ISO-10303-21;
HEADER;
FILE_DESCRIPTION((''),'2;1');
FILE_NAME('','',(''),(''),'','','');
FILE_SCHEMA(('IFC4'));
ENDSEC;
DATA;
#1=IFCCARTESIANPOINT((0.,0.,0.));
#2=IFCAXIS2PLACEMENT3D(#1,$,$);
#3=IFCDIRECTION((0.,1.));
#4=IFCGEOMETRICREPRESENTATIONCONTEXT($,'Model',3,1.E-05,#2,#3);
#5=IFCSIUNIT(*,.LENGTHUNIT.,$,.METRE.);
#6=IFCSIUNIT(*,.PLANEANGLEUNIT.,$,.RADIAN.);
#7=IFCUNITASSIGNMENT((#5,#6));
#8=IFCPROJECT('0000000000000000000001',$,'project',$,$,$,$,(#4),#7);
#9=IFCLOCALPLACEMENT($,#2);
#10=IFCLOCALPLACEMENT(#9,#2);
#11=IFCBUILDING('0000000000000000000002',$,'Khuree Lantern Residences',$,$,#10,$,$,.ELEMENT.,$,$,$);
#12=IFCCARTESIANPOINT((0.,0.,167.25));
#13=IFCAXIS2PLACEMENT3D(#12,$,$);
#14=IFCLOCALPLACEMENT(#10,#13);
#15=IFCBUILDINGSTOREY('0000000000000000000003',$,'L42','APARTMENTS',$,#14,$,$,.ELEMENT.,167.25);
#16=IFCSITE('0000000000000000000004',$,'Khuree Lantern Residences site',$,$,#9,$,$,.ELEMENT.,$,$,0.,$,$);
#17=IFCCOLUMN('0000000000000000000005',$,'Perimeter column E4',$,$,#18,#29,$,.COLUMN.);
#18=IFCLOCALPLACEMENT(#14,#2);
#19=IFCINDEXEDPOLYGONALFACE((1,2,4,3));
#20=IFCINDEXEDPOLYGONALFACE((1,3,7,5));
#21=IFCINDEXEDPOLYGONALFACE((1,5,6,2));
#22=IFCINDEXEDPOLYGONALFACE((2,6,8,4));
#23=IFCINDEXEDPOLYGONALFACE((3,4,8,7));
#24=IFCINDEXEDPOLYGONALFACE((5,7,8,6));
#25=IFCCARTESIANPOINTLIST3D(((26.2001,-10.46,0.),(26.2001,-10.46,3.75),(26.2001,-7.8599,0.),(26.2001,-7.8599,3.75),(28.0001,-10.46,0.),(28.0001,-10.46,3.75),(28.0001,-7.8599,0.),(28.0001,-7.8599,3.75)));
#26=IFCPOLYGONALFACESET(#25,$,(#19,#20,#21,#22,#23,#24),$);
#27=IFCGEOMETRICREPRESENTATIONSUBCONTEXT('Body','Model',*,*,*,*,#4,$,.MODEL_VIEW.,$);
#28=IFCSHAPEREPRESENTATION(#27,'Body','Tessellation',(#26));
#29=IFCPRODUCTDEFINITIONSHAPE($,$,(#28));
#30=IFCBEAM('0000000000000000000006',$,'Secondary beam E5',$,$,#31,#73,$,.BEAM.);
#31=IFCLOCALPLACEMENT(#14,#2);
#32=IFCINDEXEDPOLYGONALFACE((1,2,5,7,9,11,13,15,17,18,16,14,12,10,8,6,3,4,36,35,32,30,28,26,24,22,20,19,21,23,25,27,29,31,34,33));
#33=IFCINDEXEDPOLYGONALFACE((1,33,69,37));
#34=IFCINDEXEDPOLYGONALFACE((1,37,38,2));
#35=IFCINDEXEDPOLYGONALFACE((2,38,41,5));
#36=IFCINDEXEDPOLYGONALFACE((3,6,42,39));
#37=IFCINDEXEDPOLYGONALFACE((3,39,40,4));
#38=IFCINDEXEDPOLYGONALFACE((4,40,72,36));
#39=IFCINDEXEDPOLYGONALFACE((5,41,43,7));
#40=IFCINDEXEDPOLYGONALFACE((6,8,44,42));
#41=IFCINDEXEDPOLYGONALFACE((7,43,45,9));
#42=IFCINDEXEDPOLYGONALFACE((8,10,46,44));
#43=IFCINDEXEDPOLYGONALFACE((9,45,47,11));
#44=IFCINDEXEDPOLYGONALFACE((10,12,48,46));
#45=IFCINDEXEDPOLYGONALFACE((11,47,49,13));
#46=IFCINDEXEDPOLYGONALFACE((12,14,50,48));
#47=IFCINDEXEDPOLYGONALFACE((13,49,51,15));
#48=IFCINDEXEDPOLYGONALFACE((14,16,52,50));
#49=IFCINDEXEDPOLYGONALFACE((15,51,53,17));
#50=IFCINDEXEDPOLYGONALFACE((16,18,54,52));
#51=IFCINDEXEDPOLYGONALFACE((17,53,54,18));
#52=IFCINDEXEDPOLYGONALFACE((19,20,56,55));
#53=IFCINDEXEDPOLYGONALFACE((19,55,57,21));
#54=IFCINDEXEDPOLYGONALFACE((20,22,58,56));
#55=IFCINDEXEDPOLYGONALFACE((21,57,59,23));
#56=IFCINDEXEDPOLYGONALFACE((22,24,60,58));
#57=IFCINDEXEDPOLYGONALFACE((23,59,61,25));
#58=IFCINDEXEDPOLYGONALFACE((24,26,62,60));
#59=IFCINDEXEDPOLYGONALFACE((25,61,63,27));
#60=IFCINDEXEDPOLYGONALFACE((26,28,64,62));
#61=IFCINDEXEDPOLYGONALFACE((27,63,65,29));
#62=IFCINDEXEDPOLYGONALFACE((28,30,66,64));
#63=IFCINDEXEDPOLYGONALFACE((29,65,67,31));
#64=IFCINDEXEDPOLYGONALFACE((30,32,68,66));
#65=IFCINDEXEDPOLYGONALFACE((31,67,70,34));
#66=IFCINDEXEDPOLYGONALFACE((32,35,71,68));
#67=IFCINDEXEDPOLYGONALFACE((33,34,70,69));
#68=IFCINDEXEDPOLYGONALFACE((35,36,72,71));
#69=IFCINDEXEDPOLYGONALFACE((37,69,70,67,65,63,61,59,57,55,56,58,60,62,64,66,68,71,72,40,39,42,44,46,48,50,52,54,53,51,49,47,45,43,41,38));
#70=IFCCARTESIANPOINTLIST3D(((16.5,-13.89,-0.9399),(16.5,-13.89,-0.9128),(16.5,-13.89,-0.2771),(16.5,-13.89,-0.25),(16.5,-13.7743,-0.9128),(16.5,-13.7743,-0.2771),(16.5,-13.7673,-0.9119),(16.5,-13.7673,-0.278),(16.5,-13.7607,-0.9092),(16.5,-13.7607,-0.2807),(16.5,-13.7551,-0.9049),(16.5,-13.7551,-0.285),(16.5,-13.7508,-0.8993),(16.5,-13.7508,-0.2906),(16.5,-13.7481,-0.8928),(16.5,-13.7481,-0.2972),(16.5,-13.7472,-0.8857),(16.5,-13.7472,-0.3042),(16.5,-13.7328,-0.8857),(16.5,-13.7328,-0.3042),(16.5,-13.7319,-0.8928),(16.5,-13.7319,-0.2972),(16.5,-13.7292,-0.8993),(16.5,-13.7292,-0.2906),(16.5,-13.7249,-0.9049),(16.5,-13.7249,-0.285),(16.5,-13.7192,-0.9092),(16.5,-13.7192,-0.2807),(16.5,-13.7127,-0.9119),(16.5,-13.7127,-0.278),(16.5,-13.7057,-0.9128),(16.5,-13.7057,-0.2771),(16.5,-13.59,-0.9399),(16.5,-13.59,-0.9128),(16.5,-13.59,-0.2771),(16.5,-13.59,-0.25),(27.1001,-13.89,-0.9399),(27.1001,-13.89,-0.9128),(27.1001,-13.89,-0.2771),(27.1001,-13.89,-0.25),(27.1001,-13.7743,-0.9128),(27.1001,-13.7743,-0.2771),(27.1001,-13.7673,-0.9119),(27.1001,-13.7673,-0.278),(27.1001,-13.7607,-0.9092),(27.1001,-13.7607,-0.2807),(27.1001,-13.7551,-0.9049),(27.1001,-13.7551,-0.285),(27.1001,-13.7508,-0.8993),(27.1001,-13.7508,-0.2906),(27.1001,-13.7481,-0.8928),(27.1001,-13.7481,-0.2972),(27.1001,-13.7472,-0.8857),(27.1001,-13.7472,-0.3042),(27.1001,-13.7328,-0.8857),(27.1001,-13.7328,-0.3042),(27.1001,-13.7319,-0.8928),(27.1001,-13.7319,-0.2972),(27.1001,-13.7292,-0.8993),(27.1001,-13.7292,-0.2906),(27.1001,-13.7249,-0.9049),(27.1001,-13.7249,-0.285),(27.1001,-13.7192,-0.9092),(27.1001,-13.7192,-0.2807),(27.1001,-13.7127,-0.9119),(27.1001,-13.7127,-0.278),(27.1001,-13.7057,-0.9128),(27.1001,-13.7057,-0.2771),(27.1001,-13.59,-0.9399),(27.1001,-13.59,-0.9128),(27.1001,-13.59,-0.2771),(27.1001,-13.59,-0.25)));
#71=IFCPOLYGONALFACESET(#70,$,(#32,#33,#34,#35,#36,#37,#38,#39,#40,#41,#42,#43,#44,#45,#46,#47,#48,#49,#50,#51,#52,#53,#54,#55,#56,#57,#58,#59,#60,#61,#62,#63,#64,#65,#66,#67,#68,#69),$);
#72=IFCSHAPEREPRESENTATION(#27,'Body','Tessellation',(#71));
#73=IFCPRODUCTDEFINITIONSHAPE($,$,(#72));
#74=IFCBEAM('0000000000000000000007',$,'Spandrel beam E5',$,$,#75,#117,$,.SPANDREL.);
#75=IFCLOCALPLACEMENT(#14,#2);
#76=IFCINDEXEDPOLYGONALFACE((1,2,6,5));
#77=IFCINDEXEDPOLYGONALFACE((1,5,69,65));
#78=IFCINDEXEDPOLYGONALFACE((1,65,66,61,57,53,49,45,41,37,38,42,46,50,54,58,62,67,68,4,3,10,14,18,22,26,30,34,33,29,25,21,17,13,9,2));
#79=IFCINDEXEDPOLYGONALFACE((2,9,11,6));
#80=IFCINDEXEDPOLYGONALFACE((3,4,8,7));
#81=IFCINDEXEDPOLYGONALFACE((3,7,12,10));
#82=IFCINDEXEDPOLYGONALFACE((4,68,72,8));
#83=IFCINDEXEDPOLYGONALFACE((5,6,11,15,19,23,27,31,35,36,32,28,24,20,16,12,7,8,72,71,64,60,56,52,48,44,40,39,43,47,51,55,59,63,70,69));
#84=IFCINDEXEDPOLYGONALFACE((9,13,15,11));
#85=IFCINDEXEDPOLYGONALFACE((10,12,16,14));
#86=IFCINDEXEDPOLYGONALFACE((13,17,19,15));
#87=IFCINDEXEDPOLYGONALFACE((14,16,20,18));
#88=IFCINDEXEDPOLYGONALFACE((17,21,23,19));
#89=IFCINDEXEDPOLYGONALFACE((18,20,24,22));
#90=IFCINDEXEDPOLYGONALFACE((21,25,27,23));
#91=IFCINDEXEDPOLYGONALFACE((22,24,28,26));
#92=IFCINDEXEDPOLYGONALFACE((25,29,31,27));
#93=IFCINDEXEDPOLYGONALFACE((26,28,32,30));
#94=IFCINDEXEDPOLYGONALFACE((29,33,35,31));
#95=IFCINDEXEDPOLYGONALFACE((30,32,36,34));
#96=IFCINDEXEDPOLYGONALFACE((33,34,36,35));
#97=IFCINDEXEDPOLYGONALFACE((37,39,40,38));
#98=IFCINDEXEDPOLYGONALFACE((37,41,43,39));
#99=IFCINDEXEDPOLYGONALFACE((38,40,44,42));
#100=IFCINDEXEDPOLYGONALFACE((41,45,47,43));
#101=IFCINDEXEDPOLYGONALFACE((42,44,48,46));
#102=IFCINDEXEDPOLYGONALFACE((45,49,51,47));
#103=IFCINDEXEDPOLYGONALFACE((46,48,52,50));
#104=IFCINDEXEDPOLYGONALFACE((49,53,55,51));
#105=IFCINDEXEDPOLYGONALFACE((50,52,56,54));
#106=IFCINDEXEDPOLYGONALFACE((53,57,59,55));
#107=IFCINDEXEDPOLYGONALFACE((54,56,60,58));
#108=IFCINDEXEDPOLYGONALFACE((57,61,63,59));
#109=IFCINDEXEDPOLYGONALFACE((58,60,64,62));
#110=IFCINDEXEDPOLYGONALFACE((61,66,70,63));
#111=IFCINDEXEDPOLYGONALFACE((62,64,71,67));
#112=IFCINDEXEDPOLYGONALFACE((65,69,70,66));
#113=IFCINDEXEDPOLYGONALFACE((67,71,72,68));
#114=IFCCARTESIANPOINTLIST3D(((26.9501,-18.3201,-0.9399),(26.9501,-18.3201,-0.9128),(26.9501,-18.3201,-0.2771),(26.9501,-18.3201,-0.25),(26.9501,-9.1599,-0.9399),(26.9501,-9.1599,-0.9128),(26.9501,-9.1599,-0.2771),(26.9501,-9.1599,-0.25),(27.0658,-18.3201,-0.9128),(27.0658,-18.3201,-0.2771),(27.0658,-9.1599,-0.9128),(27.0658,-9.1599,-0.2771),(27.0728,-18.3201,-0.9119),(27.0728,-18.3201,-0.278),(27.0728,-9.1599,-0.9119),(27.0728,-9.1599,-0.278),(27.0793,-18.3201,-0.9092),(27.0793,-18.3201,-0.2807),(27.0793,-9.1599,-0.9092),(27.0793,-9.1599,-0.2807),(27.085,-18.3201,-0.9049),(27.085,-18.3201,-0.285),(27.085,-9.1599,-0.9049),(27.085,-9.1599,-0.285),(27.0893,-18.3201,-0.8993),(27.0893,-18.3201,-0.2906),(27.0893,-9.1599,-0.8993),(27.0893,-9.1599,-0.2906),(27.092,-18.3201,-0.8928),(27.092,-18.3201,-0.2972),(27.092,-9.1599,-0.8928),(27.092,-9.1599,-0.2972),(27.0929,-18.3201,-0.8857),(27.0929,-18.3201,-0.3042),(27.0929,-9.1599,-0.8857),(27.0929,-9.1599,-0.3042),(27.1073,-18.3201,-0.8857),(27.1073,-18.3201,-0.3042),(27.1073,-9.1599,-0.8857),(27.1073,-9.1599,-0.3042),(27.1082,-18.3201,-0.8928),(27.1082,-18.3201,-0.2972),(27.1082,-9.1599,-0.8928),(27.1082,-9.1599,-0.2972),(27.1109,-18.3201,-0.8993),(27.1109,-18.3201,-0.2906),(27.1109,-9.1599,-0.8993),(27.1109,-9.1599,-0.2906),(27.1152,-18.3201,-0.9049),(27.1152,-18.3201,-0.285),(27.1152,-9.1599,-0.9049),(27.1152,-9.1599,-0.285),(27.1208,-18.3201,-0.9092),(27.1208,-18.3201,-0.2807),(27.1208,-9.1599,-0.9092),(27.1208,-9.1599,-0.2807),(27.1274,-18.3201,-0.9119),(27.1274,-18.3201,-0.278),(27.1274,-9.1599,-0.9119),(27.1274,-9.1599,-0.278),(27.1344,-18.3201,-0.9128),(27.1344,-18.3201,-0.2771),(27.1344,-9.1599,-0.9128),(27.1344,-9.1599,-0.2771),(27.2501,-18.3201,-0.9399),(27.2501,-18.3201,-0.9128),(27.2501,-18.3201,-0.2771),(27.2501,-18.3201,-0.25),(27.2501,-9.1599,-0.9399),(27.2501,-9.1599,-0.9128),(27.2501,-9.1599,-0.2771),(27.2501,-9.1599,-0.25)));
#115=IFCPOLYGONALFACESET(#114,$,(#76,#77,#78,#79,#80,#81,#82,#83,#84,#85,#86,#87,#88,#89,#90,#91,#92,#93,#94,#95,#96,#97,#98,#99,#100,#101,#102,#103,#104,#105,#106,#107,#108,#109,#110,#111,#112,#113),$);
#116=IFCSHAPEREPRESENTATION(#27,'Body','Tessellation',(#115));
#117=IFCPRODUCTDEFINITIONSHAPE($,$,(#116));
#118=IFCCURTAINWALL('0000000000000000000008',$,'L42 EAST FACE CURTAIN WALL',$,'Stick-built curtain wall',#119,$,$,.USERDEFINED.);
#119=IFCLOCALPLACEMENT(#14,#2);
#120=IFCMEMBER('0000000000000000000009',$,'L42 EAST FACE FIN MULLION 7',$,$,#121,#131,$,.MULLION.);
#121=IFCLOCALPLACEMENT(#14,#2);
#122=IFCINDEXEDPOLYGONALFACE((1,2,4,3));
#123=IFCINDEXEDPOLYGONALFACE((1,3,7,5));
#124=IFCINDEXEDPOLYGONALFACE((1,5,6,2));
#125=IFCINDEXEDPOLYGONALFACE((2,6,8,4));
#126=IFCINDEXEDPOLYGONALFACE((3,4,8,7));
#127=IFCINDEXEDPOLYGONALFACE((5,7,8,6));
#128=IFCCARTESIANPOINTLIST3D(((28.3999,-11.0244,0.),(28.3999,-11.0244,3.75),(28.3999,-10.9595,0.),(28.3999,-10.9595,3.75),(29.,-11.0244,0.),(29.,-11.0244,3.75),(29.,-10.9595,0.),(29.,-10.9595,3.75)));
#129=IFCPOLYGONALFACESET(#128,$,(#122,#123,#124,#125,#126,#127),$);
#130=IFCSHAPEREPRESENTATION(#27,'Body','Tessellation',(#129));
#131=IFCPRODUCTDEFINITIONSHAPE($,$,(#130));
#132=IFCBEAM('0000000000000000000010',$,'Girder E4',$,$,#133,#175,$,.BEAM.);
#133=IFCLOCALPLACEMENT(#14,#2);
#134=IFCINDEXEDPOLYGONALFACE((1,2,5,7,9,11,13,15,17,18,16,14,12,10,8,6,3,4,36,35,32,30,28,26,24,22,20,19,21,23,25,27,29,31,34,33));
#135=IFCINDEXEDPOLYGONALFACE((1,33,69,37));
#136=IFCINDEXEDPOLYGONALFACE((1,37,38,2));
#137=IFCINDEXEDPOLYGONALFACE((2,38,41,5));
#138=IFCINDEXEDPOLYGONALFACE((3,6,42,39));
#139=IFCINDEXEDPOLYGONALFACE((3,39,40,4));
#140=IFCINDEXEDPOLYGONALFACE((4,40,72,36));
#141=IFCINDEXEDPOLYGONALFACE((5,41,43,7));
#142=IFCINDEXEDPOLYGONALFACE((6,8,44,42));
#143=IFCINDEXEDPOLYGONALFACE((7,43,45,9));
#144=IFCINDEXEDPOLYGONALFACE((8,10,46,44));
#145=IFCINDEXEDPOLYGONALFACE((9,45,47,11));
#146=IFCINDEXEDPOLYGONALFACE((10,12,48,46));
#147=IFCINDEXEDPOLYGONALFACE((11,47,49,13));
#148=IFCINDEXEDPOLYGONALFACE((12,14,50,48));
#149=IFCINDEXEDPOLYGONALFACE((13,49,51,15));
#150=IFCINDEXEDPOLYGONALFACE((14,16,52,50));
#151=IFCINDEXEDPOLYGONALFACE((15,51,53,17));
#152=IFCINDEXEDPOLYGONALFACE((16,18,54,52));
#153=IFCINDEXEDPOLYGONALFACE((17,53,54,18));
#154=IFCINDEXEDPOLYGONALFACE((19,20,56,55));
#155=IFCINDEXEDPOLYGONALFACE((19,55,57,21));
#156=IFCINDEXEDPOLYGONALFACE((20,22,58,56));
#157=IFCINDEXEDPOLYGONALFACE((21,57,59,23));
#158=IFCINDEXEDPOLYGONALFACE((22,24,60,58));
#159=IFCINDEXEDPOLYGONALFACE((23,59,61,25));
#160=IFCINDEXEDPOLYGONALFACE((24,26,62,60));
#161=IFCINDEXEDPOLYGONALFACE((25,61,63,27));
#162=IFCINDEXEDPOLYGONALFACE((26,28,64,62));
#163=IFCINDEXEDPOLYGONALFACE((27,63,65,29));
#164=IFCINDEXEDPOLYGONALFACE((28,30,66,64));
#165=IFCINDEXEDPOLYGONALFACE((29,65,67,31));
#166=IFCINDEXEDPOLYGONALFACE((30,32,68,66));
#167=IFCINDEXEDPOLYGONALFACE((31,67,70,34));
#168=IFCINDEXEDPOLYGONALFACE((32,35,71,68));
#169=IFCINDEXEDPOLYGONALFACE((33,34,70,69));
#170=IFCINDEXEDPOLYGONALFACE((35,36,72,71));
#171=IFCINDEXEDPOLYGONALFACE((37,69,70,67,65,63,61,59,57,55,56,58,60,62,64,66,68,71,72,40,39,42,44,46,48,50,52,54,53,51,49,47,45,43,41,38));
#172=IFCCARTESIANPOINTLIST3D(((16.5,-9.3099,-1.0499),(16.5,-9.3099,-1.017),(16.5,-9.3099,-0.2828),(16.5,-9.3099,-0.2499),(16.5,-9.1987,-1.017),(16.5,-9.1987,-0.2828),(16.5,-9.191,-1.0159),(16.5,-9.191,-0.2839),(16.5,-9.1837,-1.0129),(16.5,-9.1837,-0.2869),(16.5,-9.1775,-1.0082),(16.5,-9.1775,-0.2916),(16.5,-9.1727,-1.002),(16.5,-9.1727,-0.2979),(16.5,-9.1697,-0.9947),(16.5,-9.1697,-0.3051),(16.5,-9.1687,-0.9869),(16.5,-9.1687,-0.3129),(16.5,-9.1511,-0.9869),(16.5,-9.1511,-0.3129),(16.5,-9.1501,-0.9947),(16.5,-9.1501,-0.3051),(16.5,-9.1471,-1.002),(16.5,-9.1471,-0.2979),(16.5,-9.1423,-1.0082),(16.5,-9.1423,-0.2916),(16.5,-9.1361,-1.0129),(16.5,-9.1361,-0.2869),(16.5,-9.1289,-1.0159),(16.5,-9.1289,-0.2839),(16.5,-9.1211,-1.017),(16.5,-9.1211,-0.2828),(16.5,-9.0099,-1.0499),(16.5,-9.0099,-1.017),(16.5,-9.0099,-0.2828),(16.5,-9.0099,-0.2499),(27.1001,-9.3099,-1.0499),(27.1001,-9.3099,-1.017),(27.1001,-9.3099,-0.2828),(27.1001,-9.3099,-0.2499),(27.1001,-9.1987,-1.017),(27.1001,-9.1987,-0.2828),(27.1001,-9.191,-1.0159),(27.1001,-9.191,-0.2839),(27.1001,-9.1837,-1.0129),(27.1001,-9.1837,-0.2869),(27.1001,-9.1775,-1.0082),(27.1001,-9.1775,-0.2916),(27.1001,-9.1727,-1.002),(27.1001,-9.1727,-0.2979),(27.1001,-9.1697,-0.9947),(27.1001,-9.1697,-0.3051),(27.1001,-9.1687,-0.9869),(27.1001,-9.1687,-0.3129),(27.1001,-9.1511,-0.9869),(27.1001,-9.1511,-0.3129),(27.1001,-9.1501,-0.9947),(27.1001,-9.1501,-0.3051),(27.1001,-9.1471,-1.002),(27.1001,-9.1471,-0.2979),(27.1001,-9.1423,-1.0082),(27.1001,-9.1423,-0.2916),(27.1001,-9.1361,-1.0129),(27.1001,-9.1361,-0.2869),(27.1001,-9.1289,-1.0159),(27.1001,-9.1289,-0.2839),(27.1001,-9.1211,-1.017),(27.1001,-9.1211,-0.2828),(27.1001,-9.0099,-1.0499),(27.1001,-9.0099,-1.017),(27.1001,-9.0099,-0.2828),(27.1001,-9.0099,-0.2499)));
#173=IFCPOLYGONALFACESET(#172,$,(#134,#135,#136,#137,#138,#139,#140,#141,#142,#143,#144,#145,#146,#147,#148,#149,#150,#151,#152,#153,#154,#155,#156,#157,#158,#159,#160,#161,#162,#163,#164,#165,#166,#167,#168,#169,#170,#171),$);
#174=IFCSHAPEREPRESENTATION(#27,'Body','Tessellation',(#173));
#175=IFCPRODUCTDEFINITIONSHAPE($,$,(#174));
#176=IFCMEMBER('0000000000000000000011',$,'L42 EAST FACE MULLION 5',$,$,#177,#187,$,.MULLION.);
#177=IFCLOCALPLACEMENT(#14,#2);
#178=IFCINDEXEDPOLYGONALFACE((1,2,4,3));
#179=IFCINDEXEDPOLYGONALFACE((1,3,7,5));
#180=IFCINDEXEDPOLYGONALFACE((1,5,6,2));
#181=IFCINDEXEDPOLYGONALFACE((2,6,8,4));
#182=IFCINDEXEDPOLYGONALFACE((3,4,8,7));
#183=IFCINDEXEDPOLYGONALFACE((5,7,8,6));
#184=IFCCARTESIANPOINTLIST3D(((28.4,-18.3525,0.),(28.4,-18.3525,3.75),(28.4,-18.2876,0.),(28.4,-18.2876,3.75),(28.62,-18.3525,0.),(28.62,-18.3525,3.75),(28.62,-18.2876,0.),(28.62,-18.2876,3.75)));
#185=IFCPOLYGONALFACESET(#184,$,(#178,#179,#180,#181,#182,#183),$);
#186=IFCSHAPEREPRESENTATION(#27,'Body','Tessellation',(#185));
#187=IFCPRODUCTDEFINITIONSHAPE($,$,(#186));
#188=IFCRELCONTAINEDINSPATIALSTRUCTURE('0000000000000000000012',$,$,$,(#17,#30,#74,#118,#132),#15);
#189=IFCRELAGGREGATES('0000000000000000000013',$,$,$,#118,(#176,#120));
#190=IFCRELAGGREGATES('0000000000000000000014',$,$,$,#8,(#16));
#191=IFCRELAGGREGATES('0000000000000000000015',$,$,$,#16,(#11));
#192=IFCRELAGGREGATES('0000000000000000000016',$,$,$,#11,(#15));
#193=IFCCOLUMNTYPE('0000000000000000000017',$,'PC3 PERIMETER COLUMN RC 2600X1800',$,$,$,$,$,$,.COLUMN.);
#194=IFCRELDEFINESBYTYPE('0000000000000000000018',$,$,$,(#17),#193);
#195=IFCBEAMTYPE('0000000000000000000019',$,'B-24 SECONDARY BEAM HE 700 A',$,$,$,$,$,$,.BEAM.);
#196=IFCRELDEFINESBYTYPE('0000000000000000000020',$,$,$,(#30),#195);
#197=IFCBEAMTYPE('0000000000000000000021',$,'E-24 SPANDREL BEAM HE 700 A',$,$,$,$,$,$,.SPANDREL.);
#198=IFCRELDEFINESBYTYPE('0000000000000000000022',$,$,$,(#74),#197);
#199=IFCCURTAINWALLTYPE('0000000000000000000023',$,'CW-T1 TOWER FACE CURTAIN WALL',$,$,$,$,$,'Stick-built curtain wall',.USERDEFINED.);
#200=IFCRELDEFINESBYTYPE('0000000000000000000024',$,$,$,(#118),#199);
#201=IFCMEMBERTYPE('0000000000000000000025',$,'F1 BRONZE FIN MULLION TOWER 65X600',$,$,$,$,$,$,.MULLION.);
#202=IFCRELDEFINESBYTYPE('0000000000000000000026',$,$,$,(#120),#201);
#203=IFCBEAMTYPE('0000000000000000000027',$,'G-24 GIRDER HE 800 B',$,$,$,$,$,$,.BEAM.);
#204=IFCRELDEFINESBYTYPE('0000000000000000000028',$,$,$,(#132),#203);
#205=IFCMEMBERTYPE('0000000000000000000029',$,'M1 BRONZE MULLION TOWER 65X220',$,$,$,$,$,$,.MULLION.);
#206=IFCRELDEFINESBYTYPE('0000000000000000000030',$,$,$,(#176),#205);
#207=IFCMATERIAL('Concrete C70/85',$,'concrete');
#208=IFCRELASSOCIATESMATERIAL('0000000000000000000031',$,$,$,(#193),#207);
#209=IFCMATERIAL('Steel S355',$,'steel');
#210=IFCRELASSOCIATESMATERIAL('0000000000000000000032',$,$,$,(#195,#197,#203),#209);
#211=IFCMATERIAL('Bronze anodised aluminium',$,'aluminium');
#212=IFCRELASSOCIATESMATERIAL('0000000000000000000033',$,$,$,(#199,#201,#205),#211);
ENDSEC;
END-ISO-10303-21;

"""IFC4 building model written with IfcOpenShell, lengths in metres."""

from ifc_helpers import new_model, si_unit, direction, frame, origin, origin_2d, place, context, subcontext, project, spatial, rectangle, i_section, extrude, material, material_profile, profile_set, type_object, element, aggregate, save


model = new_model("IFC4")

# Units and contexts
model_context = context("Model", 3, precision=1e-05, world=origin(), true_north=direction((0.0, 1.0)))
body_context = subcontext(model_context, "Body", "Model", "MODEL_VIEW")
ifc_project = project(units=[si_unit("LENGTHUNIT", "METRE"), si_unit("PLANEANGLEUNIT", "RADIAN")], contexts=[model_context])

# Site, building, storey
site_placement = place(None, origin())
site = spatial("IfcSite", under=ifc_project, at=site_placement, Name="Khuree Lantern Residences site", CompositionType="ELEMENT", RefElevation=0.0)
building_placement = place(site_placement, origin())
building = spatial("IfcBuilding", under=site, at=building_placement, Name="Khuree Lantern Residences", CompositionType="ELEMENT")
storey_placement = place(building_placement, frame((0.0, 0.0, 167.25)))
storey = spatial("IfcBuildingStorey", under=building, at=storey_placement, Name="L42", Description="APARTMENTS", CompositionType="ELEMENT", Elevation=167.25)

# Column
ifc_material_1 = material(Name="Concrete C70/85", Category="concrete")
ifc_material_profile_1 = material_profile(ifc_material_1, rectangle(XDim=2.6001, YDim=1.8, at=origin_2d()), Name="RC 2600X1800")
ifc_profile_set_1 = profile_set([ifc_material_profile_1], Name="Concrete C70/85")
column_type = type_object("IfcColumnType", Name="PC3 PERIMETER COLUMN RC 2600X1800", PredefinedType="COLUMN", material=ifc_profile_set_1)
column_placement = place(storey_placement, frame((27.1001, -9.1599, 0.0), z_axis=(0.0, 0.0, 1.0), x_axis=(0.0, 1.0, 0.0)))
element("IfcColumn", 1, at=column_placement, inside=storey, type_object=column_type, Name="Perimeter column E4", PredefinedType="COLUMN", context=body_context, shape_type="SweptSolid", body=[
    extrude(rectangle(XDim=2.6001, YDim=1.8, at=origin_2d()), origin(), (0.0, 0.0, 1.0), 3.75),
])

# Beams
ifc_material_2 = material(Name="Steel S355", Category="steel")
ifc_material_profile_2 = material_profile(ifc_material_2, i_section(OverallWidth=0.3, OverallDepth=0.6899, WebThickness=0.0144, FlangeThickness=0.0271, FilletRadius=0.0271, at=origin_2d()), Name="HE 700 A")
ifc_profile_set_2 = profile_set([ifc_material_profile_2], Name="Steel S355")
beam_type_1 = type_object("IfcBeamType", Name="B-24 SECONDARY BEAM HE 700 A", PredefinedType="BEAM", material=ifc_profile_set_2)
beam_1_placement = place(storey_placement, frame((27.1001, -13.74, -0.595), z_axis=(-1.0, 0.0, 0.0), x_axis=(0.0, -1.0, 0.0)))
element("IfcBeam", 2, at=beam_1_placement, inside=storey, type_object=beam_type_1, Name="Secondary beam E5", PredefinedType="BEAM", context=body_context, shape_type="SweptSolid", body=[
    extrude(i_section(OverallWidth=0.3, OverallDepth=0.6899, WebThickness=0.0144, FlangeThickness=0.0271, FilletRadius=0.0271, at=origin_2d()), origin(), (0.0, 0.0, 1.0), 10.6001),
])
ifc_material_profile_3 = material_profile(ifc_material_2, i_section(OverallWidth=0.3, OverallDepth=0.6899, WebThickness=0.0144, FlangeThickness=0.0271, FilletRadius=0.0271, at=origin_2d()), Name="HE 700 A")
ifc_profile_set_3 = profile_set([ifc_material_profile_3], Name="Steel S355")
beam_type_2 = type_object("IfcBeamType", Name="E-24 SPANDREL BEAM HE 700 A", PredefinedType="SPANDREL", material=ifc_profile_set_3)
beam_2_placement = place(storey_placement, frame((27.1001, -9.1599, -0.595), z_axis=(0.0, -1.0, 0.0), x_axis=(1.0, 0.0, 0.0)))
element("IfcBeam", 3, at=beam_2_placement, inside=storey, type_object=beam_type_2, Name="Spandrel beam E5", PredefinedType="SPANDREL", context=body_context, shape_type="SweptSolid", body=[
    extrude(i_section(OverallWidth=0.3, OverallDepth=0.6899, WebThickness=0.0144, FlangeThickness=0.0271, FilletRadius=0.0271, at=origin_2d()), origin(), (0.0, 0.0, 1.0), 9.1602),
])

# Curtain wall, member
ifc_material_3 = material(Name="Bronze anodised aluminium", Category="aluminium")
curtain_wall_type = type_object("IfcCurtainWallType", Name="CW-T1 TOWER FACE CURTAIN WALL", ElementType="Stick-built curtain wall", PredefinedType="USERDEFINED", material=ifc_material_3)
curtain_wall_placement = place(storey_placement, origin())
curtain_wall = element("IfcCurtainWall", 4, at=curtain_wall_placement, inside=storey, type_object=curtain_wall_type, Name="L42 EAST FACE CURTAIN WALL", ObjectType="Stick-built curtain wall", PredefinedType="USERDEFINED")
ifc_material_profile_4 = material_profile(ifc_material_3, rectangle(XDim=0.0649, YDim=0.6001, at=origin_2d()), Name="F1 65X600")
ifc_profile_set_4 = profile_set([ifc_material_profile_4], Name="Bronze anodised aluminium")
member_type_1 = type_object("IfcMemberType", Name="F1 BRONZE FIN MULLION TOWER 65X600", PredefinedType="MULLION", material=ifc_profile_set_4)
member_1_placement = place(storey_placement, frame((28.7, -10.9919, 0.0), z_axis=(0.0, 0.0, 1.0), x_axis=(0.0, 1.0, 0.0)))
member_1 = element("IfcMember", 5, at=member_1_placement, type_object=member_type_1, Name="L42 EAST FACE FIN MULLION 7", PredefinedType="MULLION", context=body_context, shape_type="SweptSolid", body=[
    extrude(rectangle(XDim=0.0649, YDim=0.6001, at=origin_2d()), origin(), (0.0, 0.0, 1.0), 3.75),
])

# Beam
ifc_material_profile_5 = material_profile(ifc_material_2, i_section(OverallWidth=0.3, OverallDepth=0.8, WebThickness=0.0176, FlangeThickness=0.033, FilletRadius=0.03, at=origin_2d()), Name="HE 800 B")
ifc_profile_set_5 = profile_set([ifc_material_profile_5], Name="Steel S355")
beam_type_3 = type_object("IfcBeamType", Name="G-24 GIRDER HE 800 B", PredefinedType="BEAM", material=ifc_profile_set_5)
beam_3_placement = place(storey_placement, frame((27.1001, -9.1599, -0.6499), z_axis=(-1.0, 0.0, 0.0), x_axis=(0.0, -1.0, 0.0)))
element("IfcBeam", 6, at=beam_3_placement, inside=storey, type_object=beam_type_3, Name="Girder E4", PredefinedType="BEAM", context=body_context, shape_type="SweptSolid", body=[
    extrude(i_section(OverallWidth=0.3, OverallDepth=0.8, WebThickness=0.0176, FlangeThickness=0.033, FilletRadius=0.03, at=origin_2d()), origin(), (0.0, 0.0, 1.0), 10.6001),
])

# Member
ifc_material_profile_6 = material_profile(ifc_material_3, rectangle(XDim=0.0649, YDim=0.22, at=origin_2d()), Name="M1 65X220")
ifc_profile_set_6 = profile_set([ifc_material_profile_6], Name="Bronze anodised aluminium")
member_type_2 = type_object("IfcMemberType", Name="M1 BRONZE MULLION TOWER 65X220", PredefinedType="MULLION", material=ifc_profile_set_6)
member_2_placement = place(storey_placement, frame((28.51, -18.3201, 0.0), z_axis=(0.0, 0.0, 1.0), x_axis=(0.0, 1.0, 0.0)))
member_2 = element("IfcMember", 7, at=member_2_placement, type_object=member_type_2, Name="L42 EAST FACE MULLION 5", PredefinedType="MULLION", context=body_context, shape_type="SweptSolid", body=[
    extrude(rectangle(XDim=0.0649, YDim=0.22, at=origin_2d()), origin(), (0.0, 0.0, 1.0), 3.75),
])

aggregate(curtain_wall, [member_2, member_1])

save(model, "model.ifc")
